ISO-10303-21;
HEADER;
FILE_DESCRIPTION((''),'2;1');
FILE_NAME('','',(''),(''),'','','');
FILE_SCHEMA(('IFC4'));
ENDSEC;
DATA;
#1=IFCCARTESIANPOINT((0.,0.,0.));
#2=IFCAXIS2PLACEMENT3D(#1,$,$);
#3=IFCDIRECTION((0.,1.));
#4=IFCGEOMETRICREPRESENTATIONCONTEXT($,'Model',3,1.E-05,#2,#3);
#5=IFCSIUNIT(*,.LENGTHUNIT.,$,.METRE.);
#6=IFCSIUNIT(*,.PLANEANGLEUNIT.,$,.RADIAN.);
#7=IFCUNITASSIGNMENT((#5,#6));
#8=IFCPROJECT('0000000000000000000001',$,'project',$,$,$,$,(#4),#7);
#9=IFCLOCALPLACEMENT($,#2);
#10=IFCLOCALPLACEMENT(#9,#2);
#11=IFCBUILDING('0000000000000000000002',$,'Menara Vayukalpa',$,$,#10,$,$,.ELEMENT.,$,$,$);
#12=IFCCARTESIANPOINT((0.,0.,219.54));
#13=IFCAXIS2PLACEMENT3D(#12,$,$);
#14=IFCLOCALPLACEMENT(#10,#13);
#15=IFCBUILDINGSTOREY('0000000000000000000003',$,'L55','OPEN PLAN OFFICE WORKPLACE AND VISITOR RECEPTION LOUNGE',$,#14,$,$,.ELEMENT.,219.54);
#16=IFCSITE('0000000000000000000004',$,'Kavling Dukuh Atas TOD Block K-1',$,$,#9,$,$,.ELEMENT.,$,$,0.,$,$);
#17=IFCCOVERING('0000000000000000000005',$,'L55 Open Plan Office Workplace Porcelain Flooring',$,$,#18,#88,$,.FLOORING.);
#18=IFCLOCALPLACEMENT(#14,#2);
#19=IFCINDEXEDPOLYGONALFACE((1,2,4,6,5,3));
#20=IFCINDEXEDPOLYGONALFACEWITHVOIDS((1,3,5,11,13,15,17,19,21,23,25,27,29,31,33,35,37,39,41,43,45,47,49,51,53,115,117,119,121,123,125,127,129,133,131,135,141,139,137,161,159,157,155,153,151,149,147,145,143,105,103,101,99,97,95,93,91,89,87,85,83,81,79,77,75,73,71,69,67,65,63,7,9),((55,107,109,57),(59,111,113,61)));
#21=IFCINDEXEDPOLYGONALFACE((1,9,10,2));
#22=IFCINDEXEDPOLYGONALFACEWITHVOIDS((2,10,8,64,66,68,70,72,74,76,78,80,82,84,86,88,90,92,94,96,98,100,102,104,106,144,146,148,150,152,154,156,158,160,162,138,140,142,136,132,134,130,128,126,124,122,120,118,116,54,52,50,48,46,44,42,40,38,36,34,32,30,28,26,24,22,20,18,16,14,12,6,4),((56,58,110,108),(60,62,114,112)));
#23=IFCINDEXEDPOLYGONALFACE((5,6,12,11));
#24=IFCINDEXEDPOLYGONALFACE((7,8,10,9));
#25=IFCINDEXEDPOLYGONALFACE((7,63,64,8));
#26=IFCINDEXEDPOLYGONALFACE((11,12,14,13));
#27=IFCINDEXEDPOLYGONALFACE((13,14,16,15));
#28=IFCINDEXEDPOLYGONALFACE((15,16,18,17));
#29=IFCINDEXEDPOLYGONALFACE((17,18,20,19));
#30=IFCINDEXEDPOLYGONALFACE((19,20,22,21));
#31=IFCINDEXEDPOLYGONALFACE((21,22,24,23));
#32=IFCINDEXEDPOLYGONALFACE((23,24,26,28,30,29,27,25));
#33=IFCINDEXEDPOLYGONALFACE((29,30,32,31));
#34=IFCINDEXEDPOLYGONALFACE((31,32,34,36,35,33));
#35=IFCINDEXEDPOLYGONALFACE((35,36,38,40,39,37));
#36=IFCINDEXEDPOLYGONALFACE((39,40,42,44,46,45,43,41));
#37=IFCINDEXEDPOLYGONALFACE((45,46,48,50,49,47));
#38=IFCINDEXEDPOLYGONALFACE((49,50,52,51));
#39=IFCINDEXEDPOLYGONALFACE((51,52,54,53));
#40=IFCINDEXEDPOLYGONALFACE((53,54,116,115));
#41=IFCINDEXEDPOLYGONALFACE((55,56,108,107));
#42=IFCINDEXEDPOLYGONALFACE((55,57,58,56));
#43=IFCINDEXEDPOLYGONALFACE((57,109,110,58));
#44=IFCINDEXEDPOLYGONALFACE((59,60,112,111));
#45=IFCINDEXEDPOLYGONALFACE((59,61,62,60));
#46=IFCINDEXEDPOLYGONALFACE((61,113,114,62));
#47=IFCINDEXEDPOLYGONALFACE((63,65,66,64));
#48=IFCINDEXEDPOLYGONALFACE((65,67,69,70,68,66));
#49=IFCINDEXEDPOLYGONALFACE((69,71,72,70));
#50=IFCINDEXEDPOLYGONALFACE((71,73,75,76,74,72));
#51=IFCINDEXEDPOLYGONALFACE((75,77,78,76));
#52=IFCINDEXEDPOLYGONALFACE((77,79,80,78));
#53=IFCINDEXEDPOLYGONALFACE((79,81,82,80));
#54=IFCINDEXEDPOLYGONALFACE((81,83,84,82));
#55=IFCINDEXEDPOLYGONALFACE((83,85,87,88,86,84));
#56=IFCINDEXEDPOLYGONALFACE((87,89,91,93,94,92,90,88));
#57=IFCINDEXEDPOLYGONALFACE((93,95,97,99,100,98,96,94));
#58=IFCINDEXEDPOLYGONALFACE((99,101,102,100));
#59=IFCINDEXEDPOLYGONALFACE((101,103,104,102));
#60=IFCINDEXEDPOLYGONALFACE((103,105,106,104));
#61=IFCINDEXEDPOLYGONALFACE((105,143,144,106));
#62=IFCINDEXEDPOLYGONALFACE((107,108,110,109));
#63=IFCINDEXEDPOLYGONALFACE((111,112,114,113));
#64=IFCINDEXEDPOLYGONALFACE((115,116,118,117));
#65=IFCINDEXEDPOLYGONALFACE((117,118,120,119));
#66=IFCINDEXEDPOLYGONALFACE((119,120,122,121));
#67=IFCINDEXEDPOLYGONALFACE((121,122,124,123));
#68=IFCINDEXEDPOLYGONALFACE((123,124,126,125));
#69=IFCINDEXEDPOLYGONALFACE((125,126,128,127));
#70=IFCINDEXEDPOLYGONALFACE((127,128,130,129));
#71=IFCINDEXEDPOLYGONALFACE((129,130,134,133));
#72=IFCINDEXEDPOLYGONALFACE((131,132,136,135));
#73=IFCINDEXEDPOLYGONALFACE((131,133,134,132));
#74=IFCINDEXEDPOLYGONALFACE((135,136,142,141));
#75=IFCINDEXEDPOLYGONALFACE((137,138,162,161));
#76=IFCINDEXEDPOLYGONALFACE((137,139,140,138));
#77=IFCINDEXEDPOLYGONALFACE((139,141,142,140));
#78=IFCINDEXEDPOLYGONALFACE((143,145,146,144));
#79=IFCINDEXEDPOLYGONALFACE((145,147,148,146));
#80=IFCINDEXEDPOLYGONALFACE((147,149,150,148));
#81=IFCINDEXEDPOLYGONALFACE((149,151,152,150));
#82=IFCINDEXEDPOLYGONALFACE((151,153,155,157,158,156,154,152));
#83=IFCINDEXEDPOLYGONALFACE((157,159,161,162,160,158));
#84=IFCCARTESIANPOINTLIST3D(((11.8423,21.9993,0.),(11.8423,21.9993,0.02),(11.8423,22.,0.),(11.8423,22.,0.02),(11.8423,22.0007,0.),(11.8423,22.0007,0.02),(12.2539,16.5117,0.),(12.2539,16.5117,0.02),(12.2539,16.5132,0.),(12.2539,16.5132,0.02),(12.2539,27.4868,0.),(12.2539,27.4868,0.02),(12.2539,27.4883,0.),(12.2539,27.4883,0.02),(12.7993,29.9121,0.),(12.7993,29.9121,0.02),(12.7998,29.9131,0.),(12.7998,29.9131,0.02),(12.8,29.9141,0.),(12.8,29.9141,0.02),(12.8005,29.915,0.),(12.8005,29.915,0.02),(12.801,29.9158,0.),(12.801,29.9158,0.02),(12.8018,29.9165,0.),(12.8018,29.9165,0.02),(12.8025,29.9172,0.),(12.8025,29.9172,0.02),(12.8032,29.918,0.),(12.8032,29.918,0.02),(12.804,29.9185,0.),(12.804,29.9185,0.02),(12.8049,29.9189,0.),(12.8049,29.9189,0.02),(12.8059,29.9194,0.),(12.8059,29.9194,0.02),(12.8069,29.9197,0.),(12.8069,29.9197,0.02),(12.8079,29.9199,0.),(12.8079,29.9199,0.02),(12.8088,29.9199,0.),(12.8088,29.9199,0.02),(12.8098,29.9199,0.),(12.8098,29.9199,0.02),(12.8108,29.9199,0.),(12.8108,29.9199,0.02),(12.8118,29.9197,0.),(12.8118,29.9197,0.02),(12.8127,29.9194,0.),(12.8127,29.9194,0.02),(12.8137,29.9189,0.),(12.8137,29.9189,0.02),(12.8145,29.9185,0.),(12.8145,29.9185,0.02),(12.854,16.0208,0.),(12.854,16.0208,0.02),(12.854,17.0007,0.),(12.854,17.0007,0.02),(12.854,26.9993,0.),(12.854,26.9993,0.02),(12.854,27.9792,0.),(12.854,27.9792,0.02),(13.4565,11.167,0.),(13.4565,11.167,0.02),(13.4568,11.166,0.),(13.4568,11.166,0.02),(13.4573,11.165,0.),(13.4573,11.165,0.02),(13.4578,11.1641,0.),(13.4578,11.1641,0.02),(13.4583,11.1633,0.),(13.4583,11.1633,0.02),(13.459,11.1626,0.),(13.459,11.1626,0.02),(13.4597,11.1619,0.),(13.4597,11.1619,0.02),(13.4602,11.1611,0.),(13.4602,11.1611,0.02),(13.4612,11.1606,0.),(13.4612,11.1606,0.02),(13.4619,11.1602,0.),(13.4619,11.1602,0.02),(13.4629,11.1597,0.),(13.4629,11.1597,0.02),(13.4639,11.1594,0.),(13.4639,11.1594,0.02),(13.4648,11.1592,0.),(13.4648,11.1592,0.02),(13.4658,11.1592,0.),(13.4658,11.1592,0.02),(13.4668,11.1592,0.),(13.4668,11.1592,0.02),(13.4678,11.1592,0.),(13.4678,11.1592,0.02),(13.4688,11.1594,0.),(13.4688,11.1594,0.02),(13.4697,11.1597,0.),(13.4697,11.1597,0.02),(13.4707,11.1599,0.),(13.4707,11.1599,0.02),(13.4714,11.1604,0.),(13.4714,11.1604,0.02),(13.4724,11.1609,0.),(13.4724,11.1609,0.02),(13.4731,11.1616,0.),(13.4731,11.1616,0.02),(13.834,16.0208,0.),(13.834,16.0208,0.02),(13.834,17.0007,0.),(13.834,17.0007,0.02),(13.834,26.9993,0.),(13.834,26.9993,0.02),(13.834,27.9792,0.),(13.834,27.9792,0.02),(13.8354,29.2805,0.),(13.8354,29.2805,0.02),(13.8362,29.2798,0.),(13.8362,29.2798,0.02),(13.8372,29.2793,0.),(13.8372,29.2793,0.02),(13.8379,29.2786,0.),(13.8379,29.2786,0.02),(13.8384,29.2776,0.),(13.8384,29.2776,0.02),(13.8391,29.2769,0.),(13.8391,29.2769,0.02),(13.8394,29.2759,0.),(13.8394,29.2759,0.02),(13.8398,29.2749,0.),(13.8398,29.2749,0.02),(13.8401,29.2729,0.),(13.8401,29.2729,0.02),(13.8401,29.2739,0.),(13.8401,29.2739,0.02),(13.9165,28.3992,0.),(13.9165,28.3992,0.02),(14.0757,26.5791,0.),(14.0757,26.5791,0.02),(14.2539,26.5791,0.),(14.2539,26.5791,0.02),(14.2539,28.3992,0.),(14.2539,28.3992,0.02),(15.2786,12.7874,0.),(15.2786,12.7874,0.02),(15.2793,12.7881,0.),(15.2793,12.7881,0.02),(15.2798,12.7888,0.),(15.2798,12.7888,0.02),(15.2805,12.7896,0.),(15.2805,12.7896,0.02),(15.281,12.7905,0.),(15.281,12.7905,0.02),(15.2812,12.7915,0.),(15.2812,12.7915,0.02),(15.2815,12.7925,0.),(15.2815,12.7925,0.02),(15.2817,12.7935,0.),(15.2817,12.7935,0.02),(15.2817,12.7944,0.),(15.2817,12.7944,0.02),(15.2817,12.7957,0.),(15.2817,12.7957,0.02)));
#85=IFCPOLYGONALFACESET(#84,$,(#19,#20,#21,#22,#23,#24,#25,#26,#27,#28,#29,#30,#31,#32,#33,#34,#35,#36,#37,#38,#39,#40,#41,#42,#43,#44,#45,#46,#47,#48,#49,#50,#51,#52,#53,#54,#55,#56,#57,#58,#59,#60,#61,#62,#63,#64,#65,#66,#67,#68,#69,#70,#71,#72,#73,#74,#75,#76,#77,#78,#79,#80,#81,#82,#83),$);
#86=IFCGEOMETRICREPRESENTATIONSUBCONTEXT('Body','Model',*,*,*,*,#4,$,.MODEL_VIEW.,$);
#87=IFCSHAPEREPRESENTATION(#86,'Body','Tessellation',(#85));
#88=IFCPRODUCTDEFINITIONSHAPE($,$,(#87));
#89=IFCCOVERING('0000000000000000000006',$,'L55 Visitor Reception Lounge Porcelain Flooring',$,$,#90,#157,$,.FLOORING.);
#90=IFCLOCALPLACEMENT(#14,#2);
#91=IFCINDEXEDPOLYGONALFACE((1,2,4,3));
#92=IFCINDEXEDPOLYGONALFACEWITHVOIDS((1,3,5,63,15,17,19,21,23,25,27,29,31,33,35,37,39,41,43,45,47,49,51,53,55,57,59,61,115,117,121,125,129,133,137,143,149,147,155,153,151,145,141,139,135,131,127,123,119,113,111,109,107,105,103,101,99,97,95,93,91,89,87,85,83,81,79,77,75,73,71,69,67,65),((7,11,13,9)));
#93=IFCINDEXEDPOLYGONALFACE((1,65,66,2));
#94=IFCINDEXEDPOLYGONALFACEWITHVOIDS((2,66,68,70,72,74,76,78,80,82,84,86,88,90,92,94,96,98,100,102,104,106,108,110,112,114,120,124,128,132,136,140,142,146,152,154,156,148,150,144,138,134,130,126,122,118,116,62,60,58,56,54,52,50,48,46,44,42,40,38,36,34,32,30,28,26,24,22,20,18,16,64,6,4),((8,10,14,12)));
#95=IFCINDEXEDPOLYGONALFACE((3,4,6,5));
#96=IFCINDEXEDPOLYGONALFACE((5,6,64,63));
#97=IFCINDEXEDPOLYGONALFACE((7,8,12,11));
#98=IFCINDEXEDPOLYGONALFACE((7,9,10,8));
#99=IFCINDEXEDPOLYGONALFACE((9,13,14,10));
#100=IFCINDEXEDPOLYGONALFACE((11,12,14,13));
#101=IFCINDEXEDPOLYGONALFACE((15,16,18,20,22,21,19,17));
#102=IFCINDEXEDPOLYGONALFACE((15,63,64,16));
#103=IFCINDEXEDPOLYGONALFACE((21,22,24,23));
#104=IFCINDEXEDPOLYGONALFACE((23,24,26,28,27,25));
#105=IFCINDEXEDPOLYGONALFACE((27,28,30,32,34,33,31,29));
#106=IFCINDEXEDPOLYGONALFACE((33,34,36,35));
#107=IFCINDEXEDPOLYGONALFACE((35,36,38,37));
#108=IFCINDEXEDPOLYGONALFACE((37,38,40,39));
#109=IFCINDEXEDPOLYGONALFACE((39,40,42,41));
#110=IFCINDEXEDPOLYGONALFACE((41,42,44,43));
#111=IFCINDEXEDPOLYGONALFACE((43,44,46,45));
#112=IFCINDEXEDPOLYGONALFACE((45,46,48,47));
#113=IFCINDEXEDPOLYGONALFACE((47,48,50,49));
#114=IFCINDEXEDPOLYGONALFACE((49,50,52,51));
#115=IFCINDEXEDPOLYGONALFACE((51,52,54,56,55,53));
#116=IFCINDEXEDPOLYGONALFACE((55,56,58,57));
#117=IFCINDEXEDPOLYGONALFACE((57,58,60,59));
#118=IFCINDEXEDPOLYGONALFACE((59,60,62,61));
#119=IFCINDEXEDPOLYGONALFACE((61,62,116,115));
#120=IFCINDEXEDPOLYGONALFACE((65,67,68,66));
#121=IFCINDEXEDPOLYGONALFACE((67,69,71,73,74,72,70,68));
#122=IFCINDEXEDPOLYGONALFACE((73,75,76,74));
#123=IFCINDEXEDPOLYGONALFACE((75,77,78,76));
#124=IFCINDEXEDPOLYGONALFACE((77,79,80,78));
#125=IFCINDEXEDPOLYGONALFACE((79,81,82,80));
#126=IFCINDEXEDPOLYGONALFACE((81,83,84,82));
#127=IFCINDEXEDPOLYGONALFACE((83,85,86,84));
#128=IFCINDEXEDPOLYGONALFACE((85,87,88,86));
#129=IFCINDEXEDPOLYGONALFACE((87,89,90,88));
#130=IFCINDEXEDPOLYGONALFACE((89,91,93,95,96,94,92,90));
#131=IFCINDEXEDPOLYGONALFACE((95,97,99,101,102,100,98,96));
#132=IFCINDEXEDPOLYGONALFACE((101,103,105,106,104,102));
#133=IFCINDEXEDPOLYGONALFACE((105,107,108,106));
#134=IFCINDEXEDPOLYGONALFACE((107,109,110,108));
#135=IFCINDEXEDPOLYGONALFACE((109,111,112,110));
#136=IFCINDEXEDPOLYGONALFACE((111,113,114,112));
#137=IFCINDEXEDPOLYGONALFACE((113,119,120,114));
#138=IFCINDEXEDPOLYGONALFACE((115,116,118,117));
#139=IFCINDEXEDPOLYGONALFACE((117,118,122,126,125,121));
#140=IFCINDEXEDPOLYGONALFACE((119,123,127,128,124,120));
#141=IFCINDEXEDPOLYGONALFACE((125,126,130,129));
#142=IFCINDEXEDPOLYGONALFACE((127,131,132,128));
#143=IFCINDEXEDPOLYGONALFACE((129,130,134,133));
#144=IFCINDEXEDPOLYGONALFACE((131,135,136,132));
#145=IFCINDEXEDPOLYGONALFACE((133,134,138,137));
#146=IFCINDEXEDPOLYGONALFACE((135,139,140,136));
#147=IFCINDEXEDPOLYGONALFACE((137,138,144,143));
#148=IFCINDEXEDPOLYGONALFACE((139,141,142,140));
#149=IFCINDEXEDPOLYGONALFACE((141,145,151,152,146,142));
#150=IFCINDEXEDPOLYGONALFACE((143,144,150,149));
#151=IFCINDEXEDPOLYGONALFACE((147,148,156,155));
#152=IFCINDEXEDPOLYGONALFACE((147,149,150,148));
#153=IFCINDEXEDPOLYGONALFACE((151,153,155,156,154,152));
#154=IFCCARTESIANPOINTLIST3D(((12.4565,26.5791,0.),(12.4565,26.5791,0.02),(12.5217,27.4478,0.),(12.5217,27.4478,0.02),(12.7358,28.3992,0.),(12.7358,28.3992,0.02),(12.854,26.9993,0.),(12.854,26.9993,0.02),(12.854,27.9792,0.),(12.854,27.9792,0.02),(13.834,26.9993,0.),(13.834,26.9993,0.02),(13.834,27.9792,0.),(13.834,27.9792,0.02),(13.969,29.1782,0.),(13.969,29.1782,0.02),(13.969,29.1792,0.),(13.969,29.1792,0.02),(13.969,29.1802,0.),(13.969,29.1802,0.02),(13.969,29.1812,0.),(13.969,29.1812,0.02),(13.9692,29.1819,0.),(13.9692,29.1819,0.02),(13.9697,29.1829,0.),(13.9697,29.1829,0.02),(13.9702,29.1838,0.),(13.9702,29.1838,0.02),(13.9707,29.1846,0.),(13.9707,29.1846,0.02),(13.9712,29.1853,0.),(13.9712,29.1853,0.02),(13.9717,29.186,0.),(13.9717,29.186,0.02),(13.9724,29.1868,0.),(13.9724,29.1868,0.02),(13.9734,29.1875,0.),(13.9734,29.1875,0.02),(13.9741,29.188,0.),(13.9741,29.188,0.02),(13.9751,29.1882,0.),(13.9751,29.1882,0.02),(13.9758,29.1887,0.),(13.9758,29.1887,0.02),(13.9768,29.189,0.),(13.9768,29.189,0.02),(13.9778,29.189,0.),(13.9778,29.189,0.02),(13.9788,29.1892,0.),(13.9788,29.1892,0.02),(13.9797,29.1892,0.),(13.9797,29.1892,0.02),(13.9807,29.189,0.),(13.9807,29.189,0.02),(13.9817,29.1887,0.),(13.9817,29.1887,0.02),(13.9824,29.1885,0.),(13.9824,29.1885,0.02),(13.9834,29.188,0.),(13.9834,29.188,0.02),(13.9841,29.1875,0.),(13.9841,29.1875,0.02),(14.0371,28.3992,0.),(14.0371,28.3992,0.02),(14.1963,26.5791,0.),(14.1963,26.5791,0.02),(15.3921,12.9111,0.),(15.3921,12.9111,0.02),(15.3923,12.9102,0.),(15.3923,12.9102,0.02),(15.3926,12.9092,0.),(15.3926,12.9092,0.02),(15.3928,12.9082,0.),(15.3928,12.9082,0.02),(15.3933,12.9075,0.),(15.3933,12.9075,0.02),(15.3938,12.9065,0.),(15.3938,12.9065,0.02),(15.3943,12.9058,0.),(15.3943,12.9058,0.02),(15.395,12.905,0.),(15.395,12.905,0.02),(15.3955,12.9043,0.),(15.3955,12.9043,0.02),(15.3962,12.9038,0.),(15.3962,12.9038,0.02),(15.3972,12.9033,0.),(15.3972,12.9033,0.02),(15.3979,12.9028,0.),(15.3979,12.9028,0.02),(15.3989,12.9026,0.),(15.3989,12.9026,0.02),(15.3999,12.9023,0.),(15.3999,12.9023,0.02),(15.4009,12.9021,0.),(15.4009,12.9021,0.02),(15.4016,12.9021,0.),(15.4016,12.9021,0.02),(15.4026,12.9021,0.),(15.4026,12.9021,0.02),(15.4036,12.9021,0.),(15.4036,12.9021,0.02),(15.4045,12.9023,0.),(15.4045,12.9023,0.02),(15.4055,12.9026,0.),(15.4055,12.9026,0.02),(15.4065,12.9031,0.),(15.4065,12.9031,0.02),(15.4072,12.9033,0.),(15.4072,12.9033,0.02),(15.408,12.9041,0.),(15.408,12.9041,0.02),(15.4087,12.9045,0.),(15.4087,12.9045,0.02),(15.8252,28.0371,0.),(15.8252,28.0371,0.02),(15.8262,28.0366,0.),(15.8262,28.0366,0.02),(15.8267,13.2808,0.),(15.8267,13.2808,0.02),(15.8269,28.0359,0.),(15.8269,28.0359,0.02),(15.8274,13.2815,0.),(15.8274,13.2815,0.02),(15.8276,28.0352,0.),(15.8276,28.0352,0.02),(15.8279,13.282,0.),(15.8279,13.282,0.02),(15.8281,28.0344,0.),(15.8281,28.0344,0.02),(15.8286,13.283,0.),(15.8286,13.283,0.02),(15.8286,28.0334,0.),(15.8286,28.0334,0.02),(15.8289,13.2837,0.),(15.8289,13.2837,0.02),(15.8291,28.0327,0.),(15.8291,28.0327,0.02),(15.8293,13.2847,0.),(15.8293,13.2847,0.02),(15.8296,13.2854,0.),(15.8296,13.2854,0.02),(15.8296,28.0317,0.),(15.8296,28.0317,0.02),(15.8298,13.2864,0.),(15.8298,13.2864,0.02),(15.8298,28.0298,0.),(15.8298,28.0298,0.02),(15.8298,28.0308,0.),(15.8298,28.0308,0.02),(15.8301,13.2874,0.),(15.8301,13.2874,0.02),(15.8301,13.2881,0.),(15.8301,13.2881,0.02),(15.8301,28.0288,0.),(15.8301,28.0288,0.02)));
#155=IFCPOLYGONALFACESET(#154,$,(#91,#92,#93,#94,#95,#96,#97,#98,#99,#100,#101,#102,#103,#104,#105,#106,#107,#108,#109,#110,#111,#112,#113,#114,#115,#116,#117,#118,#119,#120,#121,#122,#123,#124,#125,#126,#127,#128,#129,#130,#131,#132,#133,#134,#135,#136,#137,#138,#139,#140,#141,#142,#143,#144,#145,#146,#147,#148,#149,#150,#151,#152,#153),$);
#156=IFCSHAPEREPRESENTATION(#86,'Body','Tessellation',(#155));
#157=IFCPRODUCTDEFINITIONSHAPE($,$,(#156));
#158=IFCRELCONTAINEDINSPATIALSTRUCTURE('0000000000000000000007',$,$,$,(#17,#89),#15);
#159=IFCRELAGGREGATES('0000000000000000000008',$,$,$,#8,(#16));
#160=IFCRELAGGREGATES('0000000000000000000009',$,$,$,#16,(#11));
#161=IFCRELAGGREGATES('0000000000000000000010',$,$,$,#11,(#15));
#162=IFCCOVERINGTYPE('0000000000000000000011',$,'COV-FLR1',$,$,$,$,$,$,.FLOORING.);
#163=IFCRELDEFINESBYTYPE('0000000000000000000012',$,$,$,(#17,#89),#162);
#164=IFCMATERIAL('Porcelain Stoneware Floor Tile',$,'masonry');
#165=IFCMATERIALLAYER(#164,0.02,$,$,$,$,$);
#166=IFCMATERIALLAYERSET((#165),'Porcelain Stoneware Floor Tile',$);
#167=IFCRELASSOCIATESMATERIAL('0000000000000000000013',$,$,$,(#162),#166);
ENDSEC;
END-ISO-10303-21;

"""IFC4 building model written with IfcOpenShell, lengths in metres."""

from ifc_helpers import new_model, si_unit, direction, frame, origin, place, context, subcontext, project, spatial, polyline, outline, extrude, material, layer, layer_set, type_object, element, save


model = new_model("IFC4")

# Units and contexts
model_context = context("Model", 3, precision=1e-05, world=origin(), true_north=direction((0.0, 1.0)))
body_context = subcontext(model_context, "Body", "Model", "MODEL_VIEW")
ifc_project = project(units=[si_unit("LENGTHUNIT", "METRE"), si_unit("PLANEANGLEUNIT", "RADIAN")], contexts=[model_context])

# Site, building, storey
site_placement = place(None, origin())
site = spatial("IfcSite", under=ifc_project, at=site_placement, Name="Kavling Dukuh Atas TOD Block K-1", CompositionType="ELEMENT", RefElevation=0.0)
building_placement = place(site_placement, origin())
building = spatial("IfcBuilding", under=site, at=building_placement, Name="Menara Vayukalpa", CompositionType="ELEMENT")
storey_placement = place(building_placement, frame((0.0, 0.0, 219.54)))
storey = spatial("IfcBuildingStorey", under=building, at=storey_placement, Name="L55", Description="OPEN PLAN OFFICE WORKPLACE AND VISITOR RECEPTION LOUNGE", CompositionType="ELEMENT", Elevation=219.54)

# Coverings
ifc_material_1 = material(Name="Porcelain Stoneware Floor Tile", Category="masonry")
ifc_layer_1 = layer(ifc_material_1, 0.02)
ifc_layer_set_1 = layer_set([ifc_layer_1], Name="Porcelain Stoneware Floor Tile")
covering_type_1 = type_object("IfcCoveringType", Name="COV-FLR1", PredefinedType="FLOORING", material=ifc_layer_set_1)
covering_1_placement = place(storey_placement, origin())
element("IfcCovering", 1, at=covering_1_placement, inside=storey, type_object=covering_type_1, Name="L55 Open Plan Office Workplace Porcelain Flooring", PredefinedType="FLOORING", context=body_context, shape_type="SweptSolid", body=[
    extrude(outline(polyline([(11.8423, 22.0), (11.8423, 22.0007), (12.2539, 27.4868), (12.2539, 27.4883), (12.7993, 29.9121), (12.7998, 29.9131), (12.8, 29.9141), (12.8005, 29.915), (12.801, 29.9158), (12.8018, 29.9165), (12.8025, 29.9172), (12.8032, 29.918), (12.804, 29.9185), (12.8049, 29.9189), (12.8059, 29.9194), (12.8069, 29.9197), (12.8079, 29.9199), (12.8088, 29.9199), (12.8098, 29.9199), (12.8108, 29.9199), (12.8118, 29.9197), (12.8127, 29.9194), (12.8137, 29.9189), (12.8145, 29.9185), (13.8354, 29.2805), (13.8362, 29.2798), (13.8372, 29.2793), (13.8379, 29.2786), (13.8384, 29.2776), (13.8391, 29.2769), (13.8394, 29.2759), (13.8398, 29.2749), (13.8401, 29.2739), (13.8401, 29.2729), (13.9165, 28.3992), (14.2539, 28.3992), (14.2539, 26.5791), (14.0757, 26.5791), (15.2817, 12.7957), (15.2817, 12.7944), (15.2817, 12.7935), (15.2815, 12.7925), (15.2812, 12.7915), (15.281, 12.7905), (15.2805, 12.7896), (15.2798, 12.7888), (15.2793, 12.7881), (15.2786, 12.7874), (13.4731, 11.1616), (13.4724, 11.1609), (13.4714, 11.1604), (13.4707, 11.1599), (13.4697, 11.1597), (13.4688, 11.1594), (13.4678, 11.1592), (13.4668, 11.1592), (13.4658, 11.1592), (13.4648, 11.1592), (13.4639, 11.1594), (13.4629, 11.1597), (13.4619, 11.1602), (13.4612, 11.1606), (13.4602, 11.1611), (13.4597, 11.1619), (13.459, 11.1626), (13.4583, 11.1633), (13.4578, 11.1641), (13.4573, 11.165), (13.4568, 11.166), (13.4565, 11.167), (12.2539, 16.5117), (12.2539, 16.5132), (11.8423, 21.9993), (11.8423, 22.0)]), holes=[polyline([(13.834, 17.0007), (12.854, 17.0007), (12.854, 16.0208), (13.834, 16.0208), (13.834, 17.0007)]), polyline([(13.834, 27.9792), (12.854, 27.9792), (12.854, 26.9993), (13.834, 26.9993), (13.834, 27.9792)])]), origin(), (0.0, 0.0, 1.0), 0.02),
])
covering_2_placement = place(storey_placement, origin())
element("IfcCovering", 2, at=covering_2_placement, inside=storey, type_object=covering_type_1, Name="L55 Visitor Reception Lounge Porcelain Flooring", PredefinedType="FLOORING", context=body_context, shape_type="SweptSolid", body=[
    extrude(outline(polyline([(15.8298, 13.2864), (15.8296, 13.2854), (15.8293, 13.2847), (15.8289, 13.2837), (15.8286, 13.283), (15.8279, 13.282), (15.8274, 13.2815), (15.8267, 13.2808), (15.4087, 12.9045), (15.408, 12.9041), (15.4072, 12.9033), (15.4065, 12.9031), (15.4055, 12.9026), (15.4045, 12.9023), (15.4036, 12.9021), (15.4026, 12.9021), (15.4016, 12.9021), (15.4009, 12.9021), (15.3999, 12.9023), (15.3989, 12.9026), (15.3979, 12.9028), (15.3972, 12.9033), (15.3962, 12.9038), (15.3955, 12.9043), (15.395, 12.905), (15.3943, 12.9058), (15.3938, 12.9065), (15.3933, 12.9075), (15.3928, 12.9082), (15.3926, 12.9092), (15.3923, 12.9102), (15.3921, 12.9111), (14.1963, 26.5791), (12.4565, 26.5791), (12.5217, 27.4478), (12.7358, 28.3992), (14.0371, 28.3992), (13.969, 29.1782), (13.969, 29.1792), (13.969, 29.1802), (13.969, 29.1812), (13.9692, 29.1819), (13.9697, 29.1829), (13.9702, 29.1838), (13.9707, 29.1846), (13.9712, 29.1853), (13.9717, 29.186), (13.9724, 29.1868), (13.9734, 29.1875), (13.9741, 29.188), (13.9751, 29.1882), (13.9758, 29.1887), (13.9768, 29.189), (13.9778, 29.189), (13.9788, 29.1892), (13.9797, 29.1892), (13.9807, 29.189), (13.9817, 29.1887), (13.9824, 29.1885), (13.9834, 29.188), (13.9841, 29.1875), (15.8252, 28.0371), (15.8262, 28.0366), (15.8269, 28.0359), (15.8276, 28.0352), (15.8281, 28.0344), (15.8286, 28.0334), (15.8291, 28.0327), (15.8296, 28.0317), (15.8298, 28.0308), (15.8298, 28.0298), (15.8301, 28.0288), (15.8301, 13.2881), (15.8301, 13.2874), (15.8298, 13.2864)]), holes=[polyline([(13.834, 27.9792), (12.854, 27.9792), (12.854, 26.9993), (13.834, 26.9993), (13.834, 27.9792)])]), origin(), (0.0, 0.0, 1.0), 0.02),
])

save(model, "model.ifc")
